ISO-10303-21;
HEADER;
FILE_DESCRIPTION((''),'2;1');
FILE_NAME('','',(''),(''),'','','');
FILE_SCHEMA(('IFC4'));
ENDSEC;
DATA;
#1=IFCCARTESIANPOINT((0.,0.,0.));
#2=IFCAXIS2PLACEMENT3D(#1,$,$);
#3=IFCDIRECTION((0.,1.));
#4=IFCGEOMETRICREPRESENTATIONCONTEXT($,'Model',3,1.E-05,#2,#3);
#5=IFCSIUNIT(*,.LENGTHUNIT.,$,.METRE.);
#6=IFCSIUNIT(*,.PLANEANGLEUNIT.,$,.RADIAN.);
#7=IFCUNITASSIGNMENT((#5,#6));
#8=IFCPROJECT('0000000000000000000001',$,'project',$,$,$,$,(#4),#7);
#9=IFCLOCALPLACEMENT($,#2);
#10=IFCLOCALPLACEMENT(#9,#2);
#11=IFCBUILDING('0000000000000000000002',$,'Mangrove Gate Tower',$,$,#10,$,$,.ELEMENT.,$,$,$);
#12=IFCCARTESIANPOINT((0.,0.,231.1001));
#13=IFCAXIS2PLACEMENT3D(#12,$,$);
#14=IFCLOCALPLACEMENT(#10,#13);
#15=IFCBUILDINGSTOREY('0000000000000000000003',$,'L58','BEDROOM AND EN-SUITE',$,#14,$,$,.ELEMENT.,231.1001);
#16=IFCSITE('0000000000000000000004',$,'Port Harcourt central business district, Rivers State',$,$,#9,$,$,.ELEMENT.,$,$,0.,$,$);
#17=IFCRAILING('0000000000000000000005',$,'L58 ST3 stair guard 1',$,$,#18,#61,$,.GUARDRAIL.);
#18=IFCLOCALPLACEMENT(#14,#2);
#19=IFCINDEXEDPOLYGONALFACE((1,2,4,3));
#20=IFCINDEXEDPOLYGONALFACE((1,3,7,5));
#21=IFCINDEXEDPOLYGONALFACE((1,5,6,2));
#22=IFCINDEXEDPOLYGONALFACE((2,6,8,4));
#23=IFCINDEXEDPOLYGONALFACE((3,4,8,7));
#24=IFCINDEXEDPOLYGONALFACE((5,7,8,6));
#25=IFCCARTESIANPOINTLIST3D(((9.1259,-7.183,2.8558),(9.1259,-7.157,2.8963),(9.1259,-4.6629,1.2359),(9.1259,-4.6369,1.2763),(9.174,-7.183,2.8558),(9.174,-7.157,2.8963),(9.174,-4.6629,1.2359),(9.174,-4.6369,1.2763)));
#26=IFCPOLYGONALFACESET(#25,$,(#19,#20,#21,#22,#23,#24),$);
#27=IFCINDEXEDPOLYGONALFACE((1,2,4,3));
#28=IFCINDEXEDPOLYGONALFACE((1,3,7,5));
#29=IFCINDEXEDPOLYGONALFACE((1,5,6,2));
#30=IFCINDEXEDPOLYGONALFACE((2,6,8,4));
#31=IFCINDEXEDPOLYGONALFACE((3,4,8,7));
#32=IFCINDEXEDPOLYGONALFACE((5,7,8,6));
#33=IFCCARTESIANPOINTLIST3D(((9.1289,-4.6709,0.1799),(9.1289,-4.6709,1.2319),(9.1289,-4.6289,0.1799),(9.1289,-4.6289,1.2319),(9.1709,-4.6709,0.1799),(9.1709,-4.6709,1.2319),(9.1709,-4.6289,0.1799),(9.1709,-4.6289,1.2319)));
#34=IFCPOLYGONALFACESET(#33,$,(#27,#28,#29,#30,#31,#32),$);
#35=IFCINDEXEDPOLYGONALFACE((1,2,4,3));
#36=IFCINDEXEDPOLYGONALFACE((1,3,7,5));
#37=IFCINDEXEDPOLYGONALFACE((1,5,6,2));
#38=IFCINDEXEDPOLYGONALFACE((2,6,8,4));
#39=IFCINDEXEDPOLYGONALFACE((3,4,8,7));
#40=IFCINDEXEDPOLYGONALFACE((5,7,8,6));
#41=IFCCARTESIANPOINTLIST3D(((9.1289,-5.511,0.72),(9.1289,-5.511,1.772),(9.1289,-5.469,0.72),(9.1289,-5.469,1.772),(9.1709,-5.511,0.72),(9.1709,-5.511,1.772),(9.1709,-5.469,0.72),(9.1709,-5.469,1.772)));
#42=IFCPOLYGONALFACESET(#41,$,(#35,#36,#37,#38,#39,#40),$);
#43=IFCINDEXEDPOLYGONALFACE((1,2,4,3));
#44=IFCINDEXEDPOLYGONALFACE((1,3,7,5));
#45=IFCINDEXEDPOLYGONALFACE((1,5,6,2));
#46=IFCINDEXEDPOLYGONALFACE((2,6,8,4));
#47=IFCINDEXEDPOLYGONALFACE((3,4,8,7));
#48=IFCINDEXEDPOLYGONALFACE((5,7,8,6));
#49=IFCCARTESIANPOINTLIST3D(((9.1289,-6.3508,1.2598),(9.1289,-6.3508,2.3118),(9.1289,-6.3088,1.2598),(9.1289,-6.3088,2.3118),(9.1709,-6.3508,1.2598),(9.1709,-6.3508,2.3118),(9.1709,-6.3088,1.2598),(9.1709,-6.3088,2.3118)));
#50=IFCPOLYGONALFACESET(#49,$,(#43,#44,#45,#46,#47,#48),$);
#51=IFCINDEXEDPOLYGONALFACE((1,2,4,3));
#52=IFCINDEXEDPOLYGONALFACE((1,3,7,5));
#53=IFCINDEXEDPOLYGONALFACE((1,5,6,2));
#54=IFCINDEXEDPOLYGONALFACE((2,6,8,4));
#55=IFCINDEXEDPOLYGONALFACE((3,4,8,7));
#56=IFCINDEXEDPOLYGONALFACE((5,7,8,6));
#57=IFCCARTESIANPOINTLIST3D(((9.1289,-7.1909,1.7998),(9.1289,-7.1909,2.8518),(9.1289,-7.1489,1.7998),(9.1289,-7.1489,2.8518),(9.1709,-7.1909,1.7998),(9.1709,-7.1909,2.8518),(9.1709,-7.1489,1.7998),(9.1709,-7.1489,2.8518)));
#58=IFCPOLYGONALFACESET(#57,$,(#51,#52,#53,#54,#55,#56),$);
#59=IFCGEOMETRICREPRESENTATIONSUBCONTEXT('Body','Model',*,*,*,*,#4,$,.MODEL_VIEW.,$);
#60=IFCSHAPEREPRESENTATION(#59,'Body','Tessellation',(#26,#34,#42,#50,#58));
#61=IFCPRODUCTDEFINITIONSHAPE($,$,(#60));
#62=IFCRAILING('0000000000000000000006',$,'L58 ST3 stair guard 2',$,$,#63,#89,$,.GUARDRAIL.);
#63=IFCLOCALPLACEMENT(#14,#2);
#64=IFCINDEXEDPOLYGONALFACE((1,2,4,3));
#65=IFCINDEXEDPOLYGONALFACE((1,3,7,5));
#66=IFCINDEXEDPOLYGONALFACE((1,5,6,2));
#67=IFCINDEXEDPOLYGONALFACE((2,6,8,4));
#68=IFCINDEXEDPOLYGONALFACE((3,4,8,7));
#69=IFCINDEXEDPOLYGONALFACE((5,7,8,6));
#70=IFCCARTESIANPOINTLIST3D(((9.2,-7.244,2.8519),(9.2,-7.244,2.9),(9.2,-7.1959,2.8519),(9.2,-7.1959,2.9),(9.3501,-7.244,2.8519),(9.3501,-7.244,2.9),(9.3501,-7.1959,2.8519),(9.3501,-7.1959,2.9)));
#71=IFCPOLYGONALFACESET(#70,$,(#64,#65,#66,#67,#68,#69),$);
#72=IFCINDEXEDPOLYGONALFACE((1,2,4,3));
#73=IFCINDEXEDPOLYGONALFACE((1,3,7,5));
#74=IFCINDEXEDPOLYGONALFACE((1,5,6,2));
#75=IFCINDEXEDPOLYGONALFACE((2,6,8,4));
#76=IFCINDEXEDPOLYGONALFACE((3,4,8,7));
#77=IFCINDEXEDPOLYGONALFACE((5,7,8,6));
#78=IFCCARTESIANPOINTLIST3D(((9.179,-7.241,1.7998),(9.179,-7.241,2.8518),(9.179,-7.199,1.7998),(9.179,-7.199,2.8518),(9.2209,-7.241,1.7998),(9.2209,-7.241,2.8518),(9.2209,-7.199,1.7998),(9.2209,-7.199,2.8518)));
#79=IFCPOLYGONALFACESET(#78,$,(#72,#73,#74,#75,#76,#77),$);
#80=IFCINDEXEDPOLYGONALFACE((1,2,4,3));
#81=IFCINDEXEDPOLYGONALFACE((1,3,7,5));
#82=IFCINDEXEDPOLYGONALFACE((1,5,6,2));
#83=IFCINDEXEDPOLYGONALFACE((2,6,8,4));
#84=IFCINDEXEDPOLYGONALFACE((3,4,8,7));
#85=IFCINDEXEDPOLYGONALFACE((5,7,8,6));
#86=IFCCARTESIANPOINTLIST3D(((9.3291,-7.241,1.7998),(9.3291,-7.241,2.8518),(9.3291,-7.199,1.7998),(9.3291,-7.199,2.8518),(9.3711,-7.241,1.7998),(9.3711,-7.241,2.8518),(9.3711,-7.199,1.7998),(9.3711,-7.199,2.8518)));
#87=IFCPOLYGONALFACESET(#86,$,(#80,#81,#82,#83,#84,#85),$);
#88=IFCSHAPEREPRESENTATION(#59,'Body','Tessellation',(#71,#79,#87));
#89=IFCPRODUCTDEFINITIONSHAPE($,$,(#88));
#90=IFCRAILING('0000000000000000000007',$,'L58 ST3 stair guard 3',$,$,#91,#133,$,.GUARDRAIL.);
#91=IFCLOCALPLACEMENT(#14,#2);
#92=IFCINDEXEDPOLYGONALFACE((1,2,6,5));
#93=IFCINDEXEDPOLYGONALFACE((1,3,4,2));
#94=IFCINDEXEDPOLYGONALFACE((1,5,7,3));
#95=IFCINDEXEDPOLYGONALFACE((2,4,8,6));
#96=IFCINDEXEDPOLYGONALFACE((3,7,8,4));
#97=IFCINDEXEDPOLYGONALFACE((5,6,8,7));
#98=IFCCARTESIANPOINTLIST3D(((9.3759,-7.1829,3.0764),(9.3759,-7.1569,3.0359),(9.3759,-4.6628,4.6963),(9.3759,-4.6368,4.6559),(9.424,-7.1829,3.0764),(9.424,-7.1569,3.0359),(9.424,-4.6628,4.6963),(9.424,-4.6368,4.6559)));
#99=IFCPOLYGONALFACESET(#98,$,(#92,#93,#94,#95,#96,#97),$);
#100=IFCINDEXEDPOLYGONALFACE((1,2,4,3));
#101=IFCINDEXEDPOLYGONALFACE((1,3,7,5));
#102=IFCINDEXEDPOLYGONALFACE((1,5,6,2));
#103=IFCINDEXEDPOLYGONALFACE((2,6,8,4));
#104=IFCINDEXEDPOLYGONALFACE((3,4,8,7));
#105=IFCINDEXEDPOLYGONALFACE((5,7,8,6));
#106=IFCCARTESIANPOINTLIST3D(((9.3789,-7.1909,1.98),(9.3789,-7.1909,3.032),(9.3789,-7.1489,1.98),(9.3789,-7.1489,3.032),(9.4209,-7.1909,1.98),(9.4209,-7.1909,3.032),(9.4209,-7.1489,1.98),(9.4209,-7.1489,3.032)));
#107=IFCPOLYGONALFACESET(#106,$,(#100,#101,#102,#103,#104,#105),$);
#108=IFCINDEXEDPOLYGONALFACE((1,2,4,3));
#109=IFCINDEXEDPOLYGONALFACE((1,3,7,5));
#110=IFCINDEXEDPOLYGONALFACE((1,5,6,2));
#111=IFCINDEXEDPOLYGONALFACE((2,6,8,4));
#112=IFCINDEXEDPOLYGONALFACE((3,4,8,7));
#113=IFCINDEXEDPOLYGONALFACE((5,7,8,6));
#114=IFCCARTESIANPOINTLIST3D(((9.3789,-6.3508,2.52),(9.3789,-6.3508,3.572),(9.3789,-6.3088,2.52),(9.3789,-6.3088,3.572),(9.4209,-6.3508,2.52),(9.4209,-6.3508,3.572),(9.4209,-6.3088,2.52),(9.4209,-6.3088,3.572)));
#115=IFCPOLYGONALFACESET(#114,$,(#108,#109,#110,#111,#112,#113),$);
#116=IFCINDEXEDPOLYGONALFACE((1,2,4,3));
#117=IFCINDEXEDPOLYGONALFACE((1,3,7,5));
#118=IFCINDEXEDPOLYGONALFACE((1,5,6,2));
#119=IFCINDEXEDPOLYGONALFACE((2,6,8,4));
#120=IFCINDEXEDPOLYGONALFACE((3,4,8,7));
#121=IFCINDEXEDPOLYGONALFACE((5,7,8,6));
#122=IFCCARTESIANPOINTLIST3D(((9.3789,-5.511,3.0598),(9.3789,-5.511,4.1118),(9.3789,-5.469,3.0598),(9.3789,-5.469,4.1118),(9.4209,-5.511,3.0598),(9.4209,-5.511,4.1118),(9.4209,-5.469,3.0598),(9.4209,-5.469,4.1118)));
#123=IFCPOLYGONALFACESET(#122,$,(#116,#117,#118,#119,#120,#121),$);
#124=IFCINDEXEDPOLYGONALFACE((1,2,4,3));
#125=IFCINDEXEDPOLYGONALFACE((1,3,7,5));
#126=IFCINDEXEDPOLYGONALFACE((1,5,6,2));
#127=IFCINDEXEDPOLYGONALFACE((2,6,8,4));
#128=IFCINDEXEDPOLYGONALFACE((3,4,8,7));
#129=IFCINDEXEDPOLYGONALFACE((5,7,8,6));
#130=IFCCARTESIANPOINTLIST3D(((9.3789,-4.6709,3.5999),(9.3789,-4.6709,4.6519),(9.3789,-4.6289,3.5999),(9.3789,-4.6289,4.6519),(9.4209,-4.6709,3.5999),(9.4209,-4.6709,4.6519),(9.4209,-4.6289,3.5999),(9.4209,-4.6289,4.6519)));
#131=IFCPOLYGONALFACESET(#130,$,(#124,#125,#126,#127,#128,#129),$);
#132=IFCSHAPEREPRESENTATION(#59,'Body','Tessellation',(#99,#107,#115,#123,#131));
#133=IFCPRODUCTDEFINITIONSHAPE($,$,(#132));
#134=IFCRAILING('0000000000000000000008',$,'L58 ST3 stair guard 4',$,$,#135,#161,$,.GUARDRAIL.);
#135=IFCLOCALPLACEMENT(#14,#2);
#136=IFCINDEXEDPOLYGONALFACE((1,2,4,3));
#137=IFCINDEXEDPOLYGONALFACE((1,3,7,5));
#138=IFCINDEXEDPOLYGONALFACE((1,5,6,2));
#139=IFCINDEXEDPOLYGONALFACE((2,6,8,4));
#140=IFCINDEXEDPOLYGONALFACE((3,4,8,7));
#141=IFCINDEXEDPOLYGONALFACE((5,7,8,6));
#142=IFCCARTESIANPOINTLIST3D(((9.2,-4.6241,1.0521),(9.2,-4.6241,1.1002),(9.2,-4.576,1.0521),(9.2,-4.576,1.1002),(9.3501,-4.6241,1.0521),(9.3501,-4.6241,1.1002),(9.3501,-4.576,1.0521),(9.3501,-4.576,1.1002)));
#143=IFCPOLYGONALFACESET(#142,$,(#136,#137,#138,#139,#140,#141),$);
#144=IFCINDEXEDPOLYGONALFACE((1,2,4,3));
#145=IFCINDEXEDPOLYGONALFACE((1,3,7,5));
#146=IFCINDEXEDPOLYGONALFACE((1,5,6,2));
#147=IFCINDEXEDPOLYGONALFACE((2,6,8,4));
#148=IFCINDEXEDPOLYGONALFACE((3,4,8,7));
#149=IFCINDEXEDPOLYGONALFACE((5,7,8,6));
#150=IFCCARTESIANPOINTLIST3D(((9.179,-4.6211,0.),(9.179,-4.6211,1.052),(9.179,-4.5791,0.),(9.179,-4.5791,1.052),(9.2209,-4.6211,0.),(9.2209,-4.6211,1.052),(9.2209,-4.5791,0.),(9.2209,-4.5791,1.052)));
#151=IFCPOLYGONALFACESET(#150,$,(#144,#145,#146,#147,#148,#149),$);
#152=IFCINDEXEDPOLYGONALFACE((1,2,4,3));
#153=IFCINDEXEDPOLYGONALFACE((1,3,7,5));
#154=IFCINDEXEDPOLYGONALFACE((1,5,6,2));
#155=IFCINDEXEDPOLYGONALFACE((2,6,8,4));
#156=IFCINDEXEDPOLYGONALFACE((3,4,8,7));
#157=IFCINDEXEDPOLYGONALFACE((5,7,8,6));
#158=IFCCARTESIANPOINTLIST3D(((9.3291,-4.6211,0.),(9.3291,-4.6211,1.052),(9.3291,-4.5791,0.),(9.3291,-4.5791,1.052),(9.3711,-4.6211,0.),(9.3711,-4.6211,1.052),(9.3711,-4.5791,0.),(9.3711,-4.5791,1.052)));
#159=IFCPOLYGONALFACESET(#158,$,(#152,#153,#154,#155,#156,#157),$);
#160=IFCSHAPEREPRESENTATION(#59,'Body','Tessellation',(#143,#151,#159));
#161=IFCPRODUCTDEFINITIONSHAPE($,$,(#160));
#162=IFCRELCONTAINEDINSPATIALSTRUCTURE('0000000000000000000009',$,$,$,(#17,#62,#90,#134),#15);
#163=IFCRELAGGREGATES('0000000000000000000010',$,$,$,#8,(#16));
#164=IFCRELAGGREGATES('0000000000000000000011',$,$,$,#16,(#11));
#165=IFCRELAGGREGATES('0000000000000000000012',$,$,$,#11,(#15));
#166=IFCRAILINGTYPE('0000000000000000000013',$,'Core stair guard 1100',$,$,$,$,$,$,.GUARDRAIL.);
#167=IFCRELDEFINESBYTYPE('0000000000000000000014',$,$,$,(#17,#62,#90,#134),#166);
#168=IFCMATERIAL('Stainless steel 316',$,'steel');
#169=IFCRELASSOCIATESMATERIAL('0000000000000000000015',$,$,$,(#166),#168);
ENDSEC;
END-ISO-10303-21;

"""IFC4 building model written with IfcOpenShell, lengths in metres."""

from ifc_helpers import new_model, si_unit, direction, frame, origin, origin_2d, place, context, subcontext, project, spatial, rectangle, extrude, material, type_object, element, save


model = new_model("IFC4")

# Units and contexts
model_context = context("Model", 3, precision=1e-05, world=origin(), true_north=direction((0.0, 1.0)))
body_context = subcontext(model_context, "Body", "Model", "MODEL_VIEW")
ifc_project = project(units=[si_unit("LENGTHUNIT", "METRE"), si_unit("PLANEANGLEUNIT", "RADIAN")], contexts=[model_context])

# Site, building, storey
site_placement = place(None, origin())
site = spatial("IfcSite", under=ifc_project, at=site_placement, Name="Port Harcourt central business district, Rivers State", CompositionType="ELEMENT", RefElevation=0.0)
building_placement = place(site_placement, origin())
building = spatial("IfcBuilding", under=site, at=building_placement, Name="Mangrove Gate Tower", CompositionType="ELEMENT")
storey_placement = place(building_placement, frame((0.0, 0.0, 231.1001)))
storey = spatial("IfcBuildingStorey", under=building, at=storey_placement, Name="L58", Description="BEDROOM AND EN-SUITE", CompositionType="ELEMENT", Elevation=231.1001)

# Railings
ifc_material_1 = material(Name="Stainless steel 316", Category="steel")
railing_type_1 = type_object("IfcRailingType", Name="Core stair guard 1100", PredefinedType="GUARDRAIL", material=ifc_material_1)
railing_1_placement = place(storey_placement, frame((9.1499, -4.6499, 0.1799)))
element("IfcRailing", 1, at=railing_1_placement, inside=storey, type_object=railing_type_1, Name="L58 ST3 stair guard 1", PredefinedType="GUARDRAIL", context=body_context, shape_type="SweptSolid", body=[
    extrude(rectangle(XDim=0.0481, YDim=0.0481, at=origin_2d()), frame((0.0, 0.0, 1.0762), z_axis=(0.0, -0.8412, 0.540725), x_axis=(1.0, 0.0, 0.0)), (0.0, 0.0, 1.0), 2.9958),
    extrude(rectangle(XDim=0.042, YDim=0.042, at=origin_2d()), origin(), (0.0, 0.0, 1.0), 1.052),
    extrude(rectangle(XDim=0.042, YDim=0.042, at=origin_2d()), frame((0.0, -0.8401, 0.54)), (0.0, 0.0, 1.0), 1.052),
    extrude(rectangle(XDim=0.042, YDim=0.042, at=origin_2d()), frame((0.0, -1.6799, 1.0798)), (0.0, 0.0, 1.0), 1.052),
    extrude(rectangle(XDim=0.042, YDim=0.042, at=origin_2d()), frame((0.0, -2.52, 1.6199)), (0.0, 0.0, 1.0), 1.052),
])
railing_2_placement = place(storey_placement, frame((9.2, -7.22, 1.7998)))
element("IfcRailing", 2, at=railing_2_placement, inside=storey, type_object=railing_type_1, Name="L58 ST3 stair guard 2", PredefinedType="GUARDRAIL", context=body_context, shape_type="SweptSolid", body=[
    extrude(rectangle(XDim=0.0481, YDim=0.0481, at=origin_2d()), frame((0.0, 0.0, 1.0762), z_axis=(1.0, 0.0, 0.0), x_axis=(0.0, 1.0, 0.0)), (0.0, 0.0, 1.0), 0.1501),
    extrude(rectangle(XDim=0.042, YDim=0.042, at=origin_2d()), origin(), (0.0, 0.0, 1.0), 1.052),
    extrude(rectangle(XDim=0.042, YDim=0.042, at=origin_2d()), frame((0.1501, 0.0, 0.0)), (0.0, 0.0, 1.0), 1.052),
])
railing_3_placement = place(storey_placement, frame((9.3999, -7.1699, 1.98)))
element("IfcRailing", 3, at=railing_3_placement, inside=storey, type_object=railing_type_1, Name="L58 ST3 stair guard 3", PredefinedType="GUARDRAIL", context=body_context, shape_type="SweptSolid", body=[
    extrude(rectangle(XDim=0.0481, YDim=0.0481, at=origin_2d()), frame((0.0, 0.0, 1.0762), z_axis=(0.0, 0.8412, 0.540725), x_axis=(-1.0, 0.0, 0.0)), (0.0, 0.0, 1.0), 2.9958),
    extrude(rectangle(XDim=0.042, YDim=0.042, at=origin_2d()), origin(), (0.0, 0.0, 1.0), 1.052),
    extrude(rectangle(XDim=0.042, YDim=0.042, at=origin_2d()), frame((0.0, 0.8401, 0.54)), (0.0, 0.0, 1.0), 1.052),
    extrude(rectangle(XDim=0.042, YDim=0.042, at=origin_2d()), frame((0.0, 1.6799, 1.0798)), (0.0, 0.0, 1.0), 1.052),
    extrude(rectangle(XDim=0.042, YDim=0.042, at=origin_2d()), frame((0.0, 2.52, 1.6199)), (0.0, 0.0, 1.0), 1.052),
])
railing_4_placement = place(storey_placement, frame((9.2, -4.6001, 0.0)))
element("IfcRailing", 4, at=railing_4_placement, inside=storey, type_object=railing_type_1, Name="L58 ST3 stair guard 4", PredefinedType="GUARDRAIL", context=body_context, shape_type="SweptSolid", body=[
    extrude(rectangle(XDim=0.0481, YDim=0.0481, at=origin_2d()), frame((0.0, 0.0, 1.0762), z_axis=(1.0, 0.0, 0.0), x_axis=(0.0, 1.0, 0.0)), (0.0, 0.0, 1.0), 0.1501),
    extrude(rectangle(XDim=0.042, YDim=0.042, at=origin_2d()), origin(), (0.0, 0.0, 1.0), 1.052),
    extrude(rectangle(XDim=0.042, YDim=0.042, at=origin_2d()), frame((0.1501, 0.0, 0.0)), (0.0, 0.0, 1.0), 1.052),
])

save(model, "model.ifc")
